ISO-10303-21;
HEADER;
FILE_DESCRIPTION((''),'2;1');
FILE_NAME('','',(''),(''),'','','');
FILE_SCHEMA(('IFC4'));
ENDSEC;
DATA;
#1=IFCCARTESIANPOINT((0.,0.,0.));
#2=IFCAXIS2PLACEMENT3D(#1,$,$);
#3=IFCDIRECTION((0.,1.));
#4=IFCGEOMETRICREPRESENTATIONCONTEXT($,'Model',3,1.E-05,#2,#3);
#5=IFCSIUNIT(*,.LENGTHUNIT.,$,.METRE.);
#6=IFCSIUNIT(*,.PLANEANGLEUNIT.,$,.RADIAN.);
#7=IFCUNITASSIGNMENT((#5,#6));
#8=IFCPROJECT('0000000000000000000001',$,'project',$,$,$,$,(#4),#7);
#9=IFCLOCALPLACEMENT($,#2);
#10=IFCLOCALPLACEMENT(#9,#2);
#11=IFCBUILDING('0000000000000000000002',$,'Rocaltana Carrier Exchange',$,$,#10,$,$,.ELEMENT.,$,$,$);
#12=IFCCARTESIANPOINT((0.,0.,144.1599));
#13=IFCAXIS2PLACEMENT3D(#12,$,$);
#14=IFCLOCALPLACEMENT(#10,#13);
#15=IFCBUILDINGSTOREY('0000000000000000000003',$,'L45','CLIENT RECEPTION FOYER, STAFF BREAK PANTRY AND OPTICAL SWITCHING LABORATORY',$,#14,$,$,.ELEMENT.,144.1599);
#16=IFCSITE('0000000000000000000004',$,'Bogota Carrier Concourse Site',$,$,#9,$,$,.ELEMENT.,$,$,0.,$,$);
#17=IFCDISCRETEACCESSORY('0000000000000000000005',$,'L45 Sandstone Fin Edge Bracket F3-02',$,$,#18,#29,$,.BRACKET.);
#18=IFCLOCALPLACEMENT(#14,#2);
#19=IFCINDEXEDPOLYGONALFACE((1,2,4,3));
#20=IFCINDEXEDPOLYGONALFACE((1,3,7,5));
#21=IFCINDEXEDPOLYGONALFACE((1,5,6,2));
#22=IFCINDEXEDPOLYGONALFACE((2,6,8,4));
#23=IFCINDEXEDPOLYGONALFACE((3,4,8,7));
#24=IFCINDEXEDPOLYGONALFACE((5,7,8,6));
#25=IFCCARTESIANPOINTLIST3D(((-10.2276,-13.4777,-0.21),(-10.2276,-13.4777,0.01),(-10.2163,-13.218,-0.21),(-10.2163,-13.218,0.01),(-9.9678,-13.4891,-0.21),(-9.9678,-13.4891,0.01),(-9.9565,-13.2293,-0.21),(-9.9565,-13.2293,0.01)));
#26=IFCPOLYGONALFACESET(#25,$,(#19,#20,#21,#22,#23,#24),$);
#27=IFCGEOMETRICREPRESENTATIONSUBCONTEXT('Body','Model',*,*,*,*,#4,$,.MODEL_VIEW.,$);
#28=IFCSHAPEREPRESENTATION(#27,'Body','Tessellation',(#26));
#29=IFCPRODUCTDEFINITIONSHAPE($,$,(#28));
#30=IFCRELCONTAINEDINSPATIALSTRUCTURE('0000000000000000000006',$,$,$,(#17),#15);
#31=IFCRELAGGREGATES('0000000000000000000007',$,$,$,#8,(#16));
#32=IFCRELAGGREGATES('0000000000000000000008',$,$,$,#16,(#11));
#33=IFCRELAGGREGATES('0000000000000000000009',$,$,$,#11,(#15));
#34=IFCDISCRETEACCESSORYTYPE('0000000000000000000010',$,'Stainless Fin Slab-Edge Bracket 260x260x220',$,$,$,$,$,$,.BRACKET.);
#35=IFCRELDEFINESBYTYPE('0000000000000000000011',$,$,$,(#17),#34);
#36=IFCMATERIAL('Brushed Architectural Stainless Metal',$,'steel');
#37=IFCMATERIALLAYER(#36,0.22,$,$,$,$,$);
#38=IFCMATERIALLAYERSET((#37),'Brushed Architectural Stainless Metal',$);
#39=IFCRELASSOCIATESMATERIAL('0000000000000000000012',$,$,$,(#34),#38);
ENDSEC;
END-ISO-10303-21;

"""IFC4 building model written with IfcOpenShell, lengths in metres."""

from ifc_helpers import new_model, si_unit, direction, frame, origin, origin_2d, place, context, subcontext, project, spatial, rectangle, extrude, material, layer, layer_set, type_object, element, save


model = new_model("IFC4")

# Units and contexts
model_context = context("Model", 3, precision=1e-05, world=origin(), true_north=direction((0.0, 1.0)))
body_context = subcontext(model_context, "Body", "Model", "MODEL_VIEW")
ifc_project = project(units=[si_unit("LENGTHUNIT", "METRE"), si_unit("PLANEANGLEUNIT", "RADIAN")], contexts=[model_context])

# Site, building, storey
site_placement = place(None, origin())
site = spatial("IfcSite", under=ifc_project, at=site_placement, Name="Bogota Carrier Concourse Site", CompositionType="ELEMENT", RefElevation=0.0)
building_placement = place(site_placement, origin())
building = spatial("IfcBuilding", under=site, at=building_placement, Name="Rocaltana Carrier Exchange", CompositionType="ELEMENT")
storey_placement = place(building_placement, frame((0.0, 0.0, 144.1599)))
storey = spatial("IfcBuildingStorey", under=building, at=storey_placement, Name="L45", Description="CLIENT RECEPTION FOYER, STAFF BREAK PANTRY AND OPTICAL SWITCHING LABORATORY", CompositionType="ELEMENT", Elevation=144.1599)

# Discrete accessory
ifc_material_1 = material(Name="Brushed Architectural Stainless Metal", Category="steel")
ifc_layer_1 = layer(ifc_material_1, 0.22)
ifc_layer_set_1 = layer_set([ifc_layer_1], Name="Brushed Architectural Stainless Metal")
discrete_accessory_type = type_object("IfcDiscreteAccessoryType", Name="Stainless Fin Slab-Edge Bracket 260x260x220", PredefinedType="BRACKET", material=ifc_layer_set_1)
discrete_accessory_placement = place(storey_placement, frame((-10.092, -13.3535, -0.21), z_axis=(0.0, 0.0, 1.0), x_axis=(0.999048, -0.043619, 0.0)))
element("IfcDiscreteAccessory", 1, at=discrete_accessory_placement, inside=storey, type_object=discrete_accessory_type, Name="L45 Sandstone Fin Edge Bracket F3-02", PredefinedType="BRACKET", context=body_context, shape_type="SweptSolid", body=[
    extrude(rectangle(XDim=0.26, YDim=0.26, at=origin_2d()), origin(), (0.0, 0.0, 1.0), 0.22),
])

save(model, "model.ifc")
